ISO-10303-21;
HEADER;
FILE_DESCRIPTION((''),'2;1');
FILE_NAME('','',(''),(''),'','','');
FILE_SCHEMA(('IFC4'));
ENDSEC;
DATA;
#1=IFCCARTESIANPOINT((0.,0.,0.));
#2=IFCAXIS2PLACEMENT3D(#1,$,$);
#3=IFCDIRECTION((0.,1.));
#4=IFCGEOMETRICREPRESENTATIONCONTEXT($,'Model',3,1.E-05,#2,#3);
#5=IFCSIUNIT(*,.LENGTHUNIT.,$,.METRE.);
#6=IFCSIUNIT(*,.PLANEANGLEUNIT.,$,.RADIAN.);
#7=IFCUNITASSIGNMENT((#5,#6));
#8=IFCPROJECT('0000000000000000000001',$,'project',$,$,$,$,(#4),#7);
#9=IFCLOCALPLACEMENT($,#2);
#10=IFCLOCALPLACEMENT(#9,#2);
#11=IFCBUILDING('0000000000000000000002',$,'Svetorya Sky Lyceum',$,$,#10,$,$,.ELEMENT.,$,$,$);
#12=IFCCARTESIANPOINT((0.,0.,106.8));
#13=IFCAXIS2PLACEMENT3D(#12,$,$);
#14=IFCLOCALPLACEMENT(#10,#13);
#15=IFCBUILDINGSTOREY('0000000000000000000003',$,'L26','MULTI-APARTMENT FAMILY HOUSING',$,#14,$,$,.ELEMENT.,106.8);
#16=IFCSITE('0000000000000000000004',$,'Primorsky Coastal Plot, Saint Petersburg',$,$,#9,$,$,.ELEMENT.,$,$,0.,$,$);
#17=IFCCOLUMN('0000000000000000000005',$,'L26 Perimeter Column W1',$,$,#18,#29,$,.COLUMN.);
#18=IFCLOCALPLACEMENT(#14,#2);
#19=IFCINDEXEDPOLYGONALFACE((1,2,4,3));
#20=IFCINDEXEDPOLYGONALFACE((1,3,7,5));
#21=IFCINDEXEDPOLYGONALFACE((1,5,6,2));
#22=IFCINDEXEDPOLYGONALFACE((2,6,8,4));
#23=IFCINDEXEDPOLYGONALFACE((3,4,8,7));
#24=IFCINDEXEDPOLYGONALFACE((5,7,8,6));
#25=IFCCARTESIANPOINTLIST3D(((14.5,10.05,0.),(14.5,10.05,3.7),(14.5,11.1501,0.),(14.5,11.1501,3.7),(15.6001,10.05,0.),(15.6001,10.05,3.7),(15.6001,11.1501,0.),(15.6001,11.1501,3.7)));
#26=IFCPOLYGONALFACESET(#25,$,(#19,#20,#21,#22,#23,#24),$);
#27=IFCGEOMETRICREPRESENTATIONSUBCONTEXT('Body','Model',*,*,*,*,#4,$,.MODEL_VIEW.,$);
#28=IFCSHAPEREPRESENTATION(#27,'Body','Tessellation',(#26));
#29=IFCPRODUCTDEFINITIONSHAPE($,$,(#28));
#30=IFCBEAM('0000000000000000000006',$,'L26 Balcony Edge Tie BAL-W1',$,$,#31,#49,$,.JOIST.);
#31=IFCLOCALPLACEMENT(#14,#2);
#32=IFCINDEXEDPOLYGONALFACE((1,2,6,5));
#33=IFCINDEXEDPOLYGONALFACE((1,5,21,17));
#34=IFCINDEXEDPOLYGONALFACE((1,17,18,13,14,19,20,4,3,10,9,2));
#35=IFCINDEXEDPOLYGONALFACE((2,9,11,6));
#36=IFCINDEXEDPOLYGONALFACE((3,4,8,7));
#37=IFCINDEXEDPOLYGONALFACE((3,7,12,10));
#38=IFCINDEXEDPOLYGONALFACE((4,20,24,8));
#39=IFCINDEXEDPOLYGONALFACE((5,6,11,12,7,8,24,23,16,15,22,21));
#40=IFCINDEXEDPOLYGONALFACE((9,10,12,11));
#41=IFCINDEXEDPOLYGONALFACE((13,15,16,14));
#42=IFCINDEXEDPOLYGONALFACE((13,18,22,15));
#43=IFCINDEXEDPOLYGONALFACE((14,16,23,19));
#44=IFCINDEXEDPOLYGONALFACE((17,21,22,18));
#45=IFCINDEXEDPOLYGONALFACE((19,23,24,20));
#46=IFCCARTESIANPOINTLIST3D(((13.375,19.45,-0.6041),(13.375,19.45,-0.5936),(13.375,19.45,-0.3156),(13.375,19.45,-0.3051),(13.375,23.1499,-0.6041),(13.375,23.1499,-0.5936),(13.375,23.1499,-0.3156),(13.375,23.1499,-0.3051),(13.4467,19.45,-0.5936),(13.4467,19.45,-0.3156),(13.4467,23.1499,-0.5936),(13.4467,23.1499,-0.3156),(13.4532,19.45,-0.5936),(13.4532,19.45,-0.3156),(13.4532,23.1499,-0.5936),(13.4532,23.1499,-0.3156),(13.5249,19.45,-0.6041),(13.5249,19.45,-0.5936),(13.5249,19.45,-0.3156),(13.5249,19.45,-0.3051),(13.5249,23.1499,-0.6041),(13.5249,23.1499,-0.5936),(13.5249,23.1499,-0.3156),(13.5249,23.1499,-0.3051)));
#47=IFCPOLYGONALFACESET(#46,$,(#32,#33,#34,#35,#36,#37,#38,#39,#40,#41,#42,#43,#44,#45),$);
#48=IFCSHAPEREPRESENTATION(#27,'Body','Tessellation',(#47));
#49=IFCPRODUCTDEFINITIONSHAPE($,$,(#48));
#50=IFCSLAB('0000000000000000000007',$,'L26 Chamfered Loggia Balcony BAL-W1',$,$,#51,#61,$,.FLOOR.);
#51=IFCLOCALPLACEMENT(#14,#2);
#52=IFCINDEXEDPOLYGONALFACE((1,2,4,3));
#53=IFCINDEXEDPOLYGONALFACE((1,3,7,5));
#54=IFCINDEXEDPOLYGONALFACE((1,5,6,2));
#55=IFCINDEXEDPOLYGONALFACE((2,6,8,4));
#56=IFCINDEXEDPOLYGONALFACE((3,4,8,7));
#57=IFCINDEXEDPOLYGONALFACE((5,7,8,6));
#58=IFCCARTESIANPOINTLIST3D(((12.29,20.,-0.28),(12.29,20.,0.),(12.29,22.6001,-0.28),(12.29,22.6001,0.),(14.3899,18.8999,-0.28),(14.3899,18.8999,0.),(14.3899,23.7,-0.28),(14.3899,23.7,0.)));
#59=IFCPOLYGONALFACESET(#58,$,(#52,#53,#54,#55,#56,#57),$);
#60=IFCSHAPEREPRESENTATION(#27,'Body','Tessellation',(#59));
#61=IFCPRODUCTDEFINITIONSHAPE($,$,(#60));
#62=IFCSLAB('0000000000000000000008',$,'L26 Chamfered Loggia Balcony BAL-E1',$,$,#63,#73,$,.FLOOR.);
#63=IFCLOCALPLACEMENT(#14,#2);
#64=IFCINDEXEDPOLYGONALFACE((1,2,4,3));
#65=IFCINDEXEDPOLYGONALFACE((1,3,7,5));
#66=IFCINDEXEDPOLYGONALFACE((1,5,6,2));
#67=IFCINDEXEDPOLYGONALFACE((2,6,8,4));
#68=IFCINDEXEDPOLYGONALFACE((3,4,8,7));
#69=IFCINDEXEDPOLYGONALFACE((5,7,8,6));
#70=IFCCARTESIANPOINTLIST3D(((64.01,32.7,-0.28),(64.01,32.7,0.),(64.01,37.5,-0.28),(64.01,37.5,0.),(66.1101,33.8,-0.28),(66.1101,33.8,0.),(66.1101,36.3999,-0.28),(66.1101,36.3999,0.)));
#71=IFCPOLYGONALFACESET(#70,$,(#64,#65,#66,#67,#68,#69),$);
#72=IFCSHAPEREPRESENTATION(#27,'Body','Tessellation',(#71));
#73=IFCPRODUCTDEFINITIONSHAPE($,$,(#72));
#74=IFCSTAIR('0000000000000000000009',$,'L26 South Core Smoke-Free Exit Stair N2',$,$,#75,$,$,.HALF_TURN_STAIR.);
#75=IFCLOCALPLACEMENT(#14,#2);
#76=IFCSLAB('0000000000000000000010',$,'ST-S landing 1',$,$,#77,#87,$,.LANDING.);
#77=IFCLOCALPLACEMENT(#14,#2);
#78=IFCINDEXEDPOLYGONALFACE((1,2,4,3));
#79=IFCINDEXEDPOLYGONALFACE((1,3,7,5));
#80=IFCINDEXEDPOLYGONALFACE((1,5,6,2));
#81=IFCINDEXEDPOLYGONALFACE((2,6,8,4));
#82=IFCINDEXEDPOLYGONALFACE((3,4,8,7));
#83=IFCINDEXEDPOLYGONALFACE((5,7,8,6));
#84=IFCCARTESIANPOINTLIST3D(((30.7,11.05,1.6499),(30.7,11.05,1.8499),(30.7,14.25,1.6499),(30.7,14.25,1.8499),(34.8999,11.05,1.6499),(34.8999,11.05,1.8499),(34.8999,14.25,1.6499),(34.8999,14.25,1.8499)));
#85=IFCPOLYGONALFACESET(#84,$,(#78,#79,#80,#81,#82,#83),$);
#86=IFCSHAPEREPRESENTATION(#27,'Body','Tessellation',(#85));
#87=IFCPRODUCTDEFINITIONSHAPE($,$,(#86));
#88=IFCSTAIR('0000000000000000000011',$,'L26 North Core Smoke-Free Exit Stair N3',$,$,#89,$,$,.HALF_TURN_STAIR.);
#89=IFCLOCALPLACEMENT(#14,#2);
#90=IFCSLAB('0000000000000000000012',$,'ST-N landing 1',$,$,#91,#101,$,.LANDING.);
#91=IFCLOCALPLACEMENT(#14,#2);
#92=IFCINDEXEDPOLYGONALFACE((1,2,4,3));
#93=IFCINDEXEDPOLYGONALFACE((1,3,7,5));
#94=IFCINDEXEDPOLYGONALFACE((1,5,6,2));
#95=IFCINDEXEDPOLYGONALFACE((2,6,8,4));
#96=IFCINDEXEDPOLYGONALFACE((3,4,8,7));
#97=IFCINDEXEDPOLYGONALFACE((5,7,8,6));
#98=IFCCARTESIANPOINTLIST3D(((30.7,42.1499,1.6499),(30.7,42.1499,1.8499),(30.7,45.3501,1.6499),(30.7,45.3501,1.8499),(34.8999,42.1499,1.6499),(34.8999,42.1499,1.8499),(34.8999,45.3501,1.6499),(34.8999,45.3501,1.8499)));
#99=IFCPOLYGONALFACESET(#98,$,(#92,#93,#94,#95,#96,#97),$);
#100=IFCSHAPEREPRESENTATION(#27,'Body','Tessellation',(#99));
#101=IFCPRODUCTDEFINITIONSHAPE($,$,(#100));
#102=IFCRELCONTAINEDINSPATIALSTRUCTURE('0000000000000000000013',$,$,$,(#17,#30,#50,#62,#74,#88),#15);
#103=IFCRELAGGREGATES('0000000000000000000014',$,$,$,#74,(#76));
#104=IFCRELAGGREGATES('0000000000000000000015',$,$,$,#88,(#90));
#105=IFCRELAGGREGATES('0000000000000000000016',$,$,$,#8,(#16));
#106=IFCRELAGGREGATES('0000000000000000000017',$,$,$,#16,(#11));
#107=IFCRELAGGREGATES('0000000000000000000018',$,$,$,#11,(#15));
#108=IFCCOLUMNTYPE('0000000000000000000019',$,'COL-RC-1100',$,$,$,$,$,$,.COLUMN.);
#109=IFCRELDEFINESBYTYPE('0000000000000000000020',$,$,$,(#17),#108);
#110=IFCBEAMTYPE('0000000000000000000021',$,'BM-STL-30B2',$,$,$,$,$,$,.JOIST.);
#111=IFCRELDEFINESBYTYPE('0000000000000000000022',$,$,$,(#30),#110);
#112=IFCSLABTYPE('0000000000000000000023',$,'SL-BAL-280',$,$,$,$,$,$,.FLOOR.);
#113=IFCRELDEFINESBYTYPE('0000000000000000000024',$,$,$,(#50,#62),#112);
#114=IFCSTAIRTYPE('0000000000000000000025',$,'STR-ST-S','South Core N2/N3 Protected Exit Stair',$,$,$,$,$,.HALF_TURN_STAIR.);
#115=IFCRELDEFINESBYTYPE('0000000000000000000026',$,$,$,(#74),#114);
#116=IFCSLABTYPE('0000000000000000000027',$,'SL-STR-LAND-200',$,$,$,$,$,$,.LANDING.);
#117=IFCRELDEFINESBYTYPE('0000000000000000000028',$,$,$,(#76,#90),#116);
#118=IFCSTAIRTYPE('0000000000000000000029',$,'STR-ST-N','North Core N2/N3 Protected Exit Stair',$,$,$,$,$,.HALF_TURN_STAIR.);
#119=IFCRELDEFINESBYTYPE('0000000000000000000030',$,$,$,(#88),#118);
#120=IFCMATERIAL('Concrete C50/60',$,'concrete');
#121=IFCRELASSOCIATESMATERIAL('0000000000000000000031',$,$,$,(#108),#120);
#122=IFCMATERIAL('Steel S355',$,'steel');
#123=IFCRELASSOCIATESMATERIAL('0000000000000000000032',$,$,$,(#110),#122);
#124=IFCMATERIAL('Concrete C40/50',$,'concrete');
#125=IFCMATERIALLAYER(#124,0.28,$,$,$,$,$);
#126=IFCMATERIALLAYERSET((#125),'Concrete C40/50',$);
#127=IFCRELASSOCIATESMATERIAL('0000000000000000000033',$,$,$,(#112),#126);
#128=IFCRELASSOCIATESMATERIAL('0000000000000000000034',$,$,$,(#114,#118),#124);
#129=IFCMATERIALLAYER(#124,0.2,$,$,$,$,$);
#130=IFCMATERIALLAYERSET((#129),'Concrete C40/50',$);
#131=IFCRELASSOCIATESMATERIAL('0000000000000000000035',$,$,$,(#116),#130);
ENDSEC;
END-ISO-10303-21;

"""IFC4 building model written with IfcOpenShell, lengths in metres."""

from ifc_helpers import new_model, si_unit, direction, frame, origin, origin_2d, place, context, subcontext, project, spatial, polyline, rectangle, i_section, outline, extrude, material, layer, layer_set, material_profile, profile_set, type_object, element, aggregate, save


model = new_model("IFC4")

# Units and contexts
model_context = context("Model", 3, precision=1e-05, world=origin(), true_north=direction((0.0, 1.0)))
body_context = subcontext(model_context, "Body", "Model", "MODEL_VIEW")
ifc_project = project(units=[si_unit("LENGTHUNIT", "METRE"), si_unit("PLANEANGLEUNIT", "RADIAN")], contexts=[model_context])

# Site, building, storey
site_placement = place(None, origin())
site = spatial("IfcSite", under=ifc_project, at=site_placement, Name="Primorsky Coastal Plot, Saint Petersburg", CompositionType="ELEMENT", RefElevation=0.0)
building_placement = place(site_placement, origin())
building = spatial("IfcBuilding", under=site, at=building_placement, Name="Svetorya Sky Lyceum", CompositionType="ELEMENT")
storey_placement = place(building_placement, frame((0.0, 0.0, 106.8)))
storey = spatial("IfcBuildingStorey", under=building, at=storey_placement, Name="L26", Description="MULTI-APARTMENT FAMILY HOUSING", CompositionType="ELEMENT", Elevation=106.8)

# Column
ifc_material_1 = material(Name="Concrete C50/60", Category="concrete")
ifc_material_profile_1 = material_profile(ifc_material_1, rectangle(XDim=1.1001, YDim=1.1001, at=origin_2d()), Name="RC COL 1100x1100")
ifc_profile_set_1 = profile_set([ifc_material_profile_1], Name="Concrete C50/60")
column_type = type_object("IfcColumnType", Name="COL-RC-1100", PredefinedType="COLUMN", material=ifc_profile_set_1)
column_placement = place(storey_placement, frame((15.05, 10.6001, 0.0), z_axis=(0.0, 0.0, 1.0), x_axis=(1.0, 0.0, 0.0)))
element("IfcColumn", 1, at=column_placement, inside=storey, type_object=column_type, Name="L26 Perimeter Column W1", PredefinedType="COLUMN", context=body_context, shape_type="SweptSolid", body=[
    extrude(rectangle(XDim=1.1001, YDim=1.1001, at=origin_2d()), origin(), (0.0, 0.0, 1.0), 3.7),
])

# Beam
ifc_material_2 = material(Name="Steel S355", Category="steel")
ifc_material_profile_2 = material_profile(ifc_material_2, i_section(OverallWidth=0.1499, OverallDepth=0.2991, WebThickness=0.0066, FlangeThickness=0.0105, at=origin_2d()), Name="GOST 30B2")
ifc_profile_set_2 = profile_set([ifc_material_profile_2], Name="Steel S355")
beam_type = type_object("IfcBeamType", Name="BM-STL-30B2", PredefinedType="JOIST", material=ifc_profile_set_2)
beam_placement = place(storey_placement, frame((13.45, 19.45, -0.4546), z_axis=(0.0, 1.0, 0.0), x_axis=(-1.0, 0.0, 0.0)))
element("IfcBeam", 2, at=beam_placement, inside=storey, type_object=beam_type, Name="L26 Balcony Edge Tie BAL-W1", PredefinedType="JOIST", context=body_context, shape_type="SweptSolid", body=[
    extrude(i_section(OverallWidth=0.1499, OverallDepth=0.2991, WebThickness=0.0066, FlangeThickness=0.0105, at=origin_2d()), origin(), (0.0, 0.0, 1.0), 3.7),
])

# Slabs
ifc_material_3 = material(Name="Concrete C40/50", Category="concrete")
ifc_layer_1 = layer(ifc_material_3, 0.28)
ifc_layer_set_1 = layer_set([ifc_layer_1], Name="Concrete C40/50")
slab_type_1 = type_object("IfcSlabType", Name="SL-BAL-280", PredefinedType="FLOOR", material=ifc_layer_set_1)
slab_1_placement = place(storey_placement, frame((0.0, 0.0, -0.28)))
element("IfcSlab", 3, at=slab_1_placement, inside=storey, type_object=slab_type_1, Name="L26 Chamfered Loggia Balcony BAL-W1", PredefinedType="FLOOR", context=body_context, shape_type="SweptSolid", body=[
    extrude(outline(polyline([(14.3899, 18.8999), (14.3899, 23.7), (12.29, 22.6001), (12.29, 20.0), (14.3899, 18.8999)])), origin(), (0.0, 0.0, 1.0), 0.28),
])
slab_2_placement = place(storey_placement, frame((0.0, 0.0, -0.28)))
element("IfcSlab", 4, at=slab_2_placement, inside=storey, type_object=slab_type_1, Name="L26 Chamfered Loggia Balcony BAL-E1", PredefinedType="FLOOR", context=body_context, shape_type="SweptSolid", body=[
    extrude(outline(polyline([(64.01, 32.7), (66.1101, 33.8), (66.1101, 36.3999), (64.01, 37.5), (64.01, 32.7)])), origin(), (0.0, 0.0, 1.0), 0.28),
])

# Stairs, slabs
stair_type_1 = type_object("IfcStairType", Name="STR-ST-S", Description="South Core N2/N3 Protected Exit Stair", PredefinedType="HALF_TURN_STAIR", material=ifc_material_3)
stair_1_placement = place(storey_placement, origin())
stair_1 = element("IfcStair", 5, at=stair_1_placement, inside=storey, type_object=stair_type_1, Name="L26 South Core Smoke-Free Exit Stair N2", PredefinedType="HALF_TURN_STAIR")
ifc_layer_2 = layer(ifc_material_3, 0.2)
ifc_layer_set_2 = layer_set([ifc_layer_2], Name="Concrete C40/50")
slab_type_2 = type_object("IfcSlabType", Name="SL-STR-LAND-200", PredefinedType="LANDING", material=ifc_layer_set_2)
slab_3_placement = place(storey_placement, frame((0.0, 0.0, 1.6499)))
slab_3 = element("IfcSlab", 6, at=slab_3_placement, type_object=slab_type_2, Name="ST-S landing 1", PredefinedType="LANDING", context=body_context, shape_type="SweptSolid", body=[
    extrude(outline(polyline([(30.7, 11.05), (34.8999, 11.05), (34.8999, 14.25), (30.7, 14.25), (30.7, 11.05)])), origin(), (0.0, 0.0, 1.0), 0.2),
])
aggregate(stair_1, [slab_3])
stair_type_2 = type_object("IfcStairType", Name="STR-ST-N", Description="North Core N2/N3 Protected Exit Stair", PredefinedType="HALF_TURN_STAIR", material=ifc_material_3)
stair_2_placement = place(storey_placement, origin())
stair_2 = element("IfcStair", 7, at=stair_2_placement, inside=storey, type_object=stair_type_2, Name="L26 North Core Smoke-Free Exit Stair N3", PredefinedType="HALF_TURN_STAIR")
slab_4_placement = place(storey_placement, frame((0.0, 0.0, 1.6499)))
slab_4 = element("IfcSlab", 8, at=slab_4_placement, type_object=slab_type_2, Name="ST-N landing 1", PredefinedType="LANDING", context=body_context, shape_type="SweptSolid", body=[
    extrude(outline(polyline([(30.7, 42.1499), (34.8999, 42.1499), (34.8999, 45.3501), (30.7, 45.3501), (30.7, 42.1499)])), origin(), (0.0, 0.0, 1.0), 0.2),
])
aggregate(stair_2, [slab_4])

save(model, "model.ifc")
